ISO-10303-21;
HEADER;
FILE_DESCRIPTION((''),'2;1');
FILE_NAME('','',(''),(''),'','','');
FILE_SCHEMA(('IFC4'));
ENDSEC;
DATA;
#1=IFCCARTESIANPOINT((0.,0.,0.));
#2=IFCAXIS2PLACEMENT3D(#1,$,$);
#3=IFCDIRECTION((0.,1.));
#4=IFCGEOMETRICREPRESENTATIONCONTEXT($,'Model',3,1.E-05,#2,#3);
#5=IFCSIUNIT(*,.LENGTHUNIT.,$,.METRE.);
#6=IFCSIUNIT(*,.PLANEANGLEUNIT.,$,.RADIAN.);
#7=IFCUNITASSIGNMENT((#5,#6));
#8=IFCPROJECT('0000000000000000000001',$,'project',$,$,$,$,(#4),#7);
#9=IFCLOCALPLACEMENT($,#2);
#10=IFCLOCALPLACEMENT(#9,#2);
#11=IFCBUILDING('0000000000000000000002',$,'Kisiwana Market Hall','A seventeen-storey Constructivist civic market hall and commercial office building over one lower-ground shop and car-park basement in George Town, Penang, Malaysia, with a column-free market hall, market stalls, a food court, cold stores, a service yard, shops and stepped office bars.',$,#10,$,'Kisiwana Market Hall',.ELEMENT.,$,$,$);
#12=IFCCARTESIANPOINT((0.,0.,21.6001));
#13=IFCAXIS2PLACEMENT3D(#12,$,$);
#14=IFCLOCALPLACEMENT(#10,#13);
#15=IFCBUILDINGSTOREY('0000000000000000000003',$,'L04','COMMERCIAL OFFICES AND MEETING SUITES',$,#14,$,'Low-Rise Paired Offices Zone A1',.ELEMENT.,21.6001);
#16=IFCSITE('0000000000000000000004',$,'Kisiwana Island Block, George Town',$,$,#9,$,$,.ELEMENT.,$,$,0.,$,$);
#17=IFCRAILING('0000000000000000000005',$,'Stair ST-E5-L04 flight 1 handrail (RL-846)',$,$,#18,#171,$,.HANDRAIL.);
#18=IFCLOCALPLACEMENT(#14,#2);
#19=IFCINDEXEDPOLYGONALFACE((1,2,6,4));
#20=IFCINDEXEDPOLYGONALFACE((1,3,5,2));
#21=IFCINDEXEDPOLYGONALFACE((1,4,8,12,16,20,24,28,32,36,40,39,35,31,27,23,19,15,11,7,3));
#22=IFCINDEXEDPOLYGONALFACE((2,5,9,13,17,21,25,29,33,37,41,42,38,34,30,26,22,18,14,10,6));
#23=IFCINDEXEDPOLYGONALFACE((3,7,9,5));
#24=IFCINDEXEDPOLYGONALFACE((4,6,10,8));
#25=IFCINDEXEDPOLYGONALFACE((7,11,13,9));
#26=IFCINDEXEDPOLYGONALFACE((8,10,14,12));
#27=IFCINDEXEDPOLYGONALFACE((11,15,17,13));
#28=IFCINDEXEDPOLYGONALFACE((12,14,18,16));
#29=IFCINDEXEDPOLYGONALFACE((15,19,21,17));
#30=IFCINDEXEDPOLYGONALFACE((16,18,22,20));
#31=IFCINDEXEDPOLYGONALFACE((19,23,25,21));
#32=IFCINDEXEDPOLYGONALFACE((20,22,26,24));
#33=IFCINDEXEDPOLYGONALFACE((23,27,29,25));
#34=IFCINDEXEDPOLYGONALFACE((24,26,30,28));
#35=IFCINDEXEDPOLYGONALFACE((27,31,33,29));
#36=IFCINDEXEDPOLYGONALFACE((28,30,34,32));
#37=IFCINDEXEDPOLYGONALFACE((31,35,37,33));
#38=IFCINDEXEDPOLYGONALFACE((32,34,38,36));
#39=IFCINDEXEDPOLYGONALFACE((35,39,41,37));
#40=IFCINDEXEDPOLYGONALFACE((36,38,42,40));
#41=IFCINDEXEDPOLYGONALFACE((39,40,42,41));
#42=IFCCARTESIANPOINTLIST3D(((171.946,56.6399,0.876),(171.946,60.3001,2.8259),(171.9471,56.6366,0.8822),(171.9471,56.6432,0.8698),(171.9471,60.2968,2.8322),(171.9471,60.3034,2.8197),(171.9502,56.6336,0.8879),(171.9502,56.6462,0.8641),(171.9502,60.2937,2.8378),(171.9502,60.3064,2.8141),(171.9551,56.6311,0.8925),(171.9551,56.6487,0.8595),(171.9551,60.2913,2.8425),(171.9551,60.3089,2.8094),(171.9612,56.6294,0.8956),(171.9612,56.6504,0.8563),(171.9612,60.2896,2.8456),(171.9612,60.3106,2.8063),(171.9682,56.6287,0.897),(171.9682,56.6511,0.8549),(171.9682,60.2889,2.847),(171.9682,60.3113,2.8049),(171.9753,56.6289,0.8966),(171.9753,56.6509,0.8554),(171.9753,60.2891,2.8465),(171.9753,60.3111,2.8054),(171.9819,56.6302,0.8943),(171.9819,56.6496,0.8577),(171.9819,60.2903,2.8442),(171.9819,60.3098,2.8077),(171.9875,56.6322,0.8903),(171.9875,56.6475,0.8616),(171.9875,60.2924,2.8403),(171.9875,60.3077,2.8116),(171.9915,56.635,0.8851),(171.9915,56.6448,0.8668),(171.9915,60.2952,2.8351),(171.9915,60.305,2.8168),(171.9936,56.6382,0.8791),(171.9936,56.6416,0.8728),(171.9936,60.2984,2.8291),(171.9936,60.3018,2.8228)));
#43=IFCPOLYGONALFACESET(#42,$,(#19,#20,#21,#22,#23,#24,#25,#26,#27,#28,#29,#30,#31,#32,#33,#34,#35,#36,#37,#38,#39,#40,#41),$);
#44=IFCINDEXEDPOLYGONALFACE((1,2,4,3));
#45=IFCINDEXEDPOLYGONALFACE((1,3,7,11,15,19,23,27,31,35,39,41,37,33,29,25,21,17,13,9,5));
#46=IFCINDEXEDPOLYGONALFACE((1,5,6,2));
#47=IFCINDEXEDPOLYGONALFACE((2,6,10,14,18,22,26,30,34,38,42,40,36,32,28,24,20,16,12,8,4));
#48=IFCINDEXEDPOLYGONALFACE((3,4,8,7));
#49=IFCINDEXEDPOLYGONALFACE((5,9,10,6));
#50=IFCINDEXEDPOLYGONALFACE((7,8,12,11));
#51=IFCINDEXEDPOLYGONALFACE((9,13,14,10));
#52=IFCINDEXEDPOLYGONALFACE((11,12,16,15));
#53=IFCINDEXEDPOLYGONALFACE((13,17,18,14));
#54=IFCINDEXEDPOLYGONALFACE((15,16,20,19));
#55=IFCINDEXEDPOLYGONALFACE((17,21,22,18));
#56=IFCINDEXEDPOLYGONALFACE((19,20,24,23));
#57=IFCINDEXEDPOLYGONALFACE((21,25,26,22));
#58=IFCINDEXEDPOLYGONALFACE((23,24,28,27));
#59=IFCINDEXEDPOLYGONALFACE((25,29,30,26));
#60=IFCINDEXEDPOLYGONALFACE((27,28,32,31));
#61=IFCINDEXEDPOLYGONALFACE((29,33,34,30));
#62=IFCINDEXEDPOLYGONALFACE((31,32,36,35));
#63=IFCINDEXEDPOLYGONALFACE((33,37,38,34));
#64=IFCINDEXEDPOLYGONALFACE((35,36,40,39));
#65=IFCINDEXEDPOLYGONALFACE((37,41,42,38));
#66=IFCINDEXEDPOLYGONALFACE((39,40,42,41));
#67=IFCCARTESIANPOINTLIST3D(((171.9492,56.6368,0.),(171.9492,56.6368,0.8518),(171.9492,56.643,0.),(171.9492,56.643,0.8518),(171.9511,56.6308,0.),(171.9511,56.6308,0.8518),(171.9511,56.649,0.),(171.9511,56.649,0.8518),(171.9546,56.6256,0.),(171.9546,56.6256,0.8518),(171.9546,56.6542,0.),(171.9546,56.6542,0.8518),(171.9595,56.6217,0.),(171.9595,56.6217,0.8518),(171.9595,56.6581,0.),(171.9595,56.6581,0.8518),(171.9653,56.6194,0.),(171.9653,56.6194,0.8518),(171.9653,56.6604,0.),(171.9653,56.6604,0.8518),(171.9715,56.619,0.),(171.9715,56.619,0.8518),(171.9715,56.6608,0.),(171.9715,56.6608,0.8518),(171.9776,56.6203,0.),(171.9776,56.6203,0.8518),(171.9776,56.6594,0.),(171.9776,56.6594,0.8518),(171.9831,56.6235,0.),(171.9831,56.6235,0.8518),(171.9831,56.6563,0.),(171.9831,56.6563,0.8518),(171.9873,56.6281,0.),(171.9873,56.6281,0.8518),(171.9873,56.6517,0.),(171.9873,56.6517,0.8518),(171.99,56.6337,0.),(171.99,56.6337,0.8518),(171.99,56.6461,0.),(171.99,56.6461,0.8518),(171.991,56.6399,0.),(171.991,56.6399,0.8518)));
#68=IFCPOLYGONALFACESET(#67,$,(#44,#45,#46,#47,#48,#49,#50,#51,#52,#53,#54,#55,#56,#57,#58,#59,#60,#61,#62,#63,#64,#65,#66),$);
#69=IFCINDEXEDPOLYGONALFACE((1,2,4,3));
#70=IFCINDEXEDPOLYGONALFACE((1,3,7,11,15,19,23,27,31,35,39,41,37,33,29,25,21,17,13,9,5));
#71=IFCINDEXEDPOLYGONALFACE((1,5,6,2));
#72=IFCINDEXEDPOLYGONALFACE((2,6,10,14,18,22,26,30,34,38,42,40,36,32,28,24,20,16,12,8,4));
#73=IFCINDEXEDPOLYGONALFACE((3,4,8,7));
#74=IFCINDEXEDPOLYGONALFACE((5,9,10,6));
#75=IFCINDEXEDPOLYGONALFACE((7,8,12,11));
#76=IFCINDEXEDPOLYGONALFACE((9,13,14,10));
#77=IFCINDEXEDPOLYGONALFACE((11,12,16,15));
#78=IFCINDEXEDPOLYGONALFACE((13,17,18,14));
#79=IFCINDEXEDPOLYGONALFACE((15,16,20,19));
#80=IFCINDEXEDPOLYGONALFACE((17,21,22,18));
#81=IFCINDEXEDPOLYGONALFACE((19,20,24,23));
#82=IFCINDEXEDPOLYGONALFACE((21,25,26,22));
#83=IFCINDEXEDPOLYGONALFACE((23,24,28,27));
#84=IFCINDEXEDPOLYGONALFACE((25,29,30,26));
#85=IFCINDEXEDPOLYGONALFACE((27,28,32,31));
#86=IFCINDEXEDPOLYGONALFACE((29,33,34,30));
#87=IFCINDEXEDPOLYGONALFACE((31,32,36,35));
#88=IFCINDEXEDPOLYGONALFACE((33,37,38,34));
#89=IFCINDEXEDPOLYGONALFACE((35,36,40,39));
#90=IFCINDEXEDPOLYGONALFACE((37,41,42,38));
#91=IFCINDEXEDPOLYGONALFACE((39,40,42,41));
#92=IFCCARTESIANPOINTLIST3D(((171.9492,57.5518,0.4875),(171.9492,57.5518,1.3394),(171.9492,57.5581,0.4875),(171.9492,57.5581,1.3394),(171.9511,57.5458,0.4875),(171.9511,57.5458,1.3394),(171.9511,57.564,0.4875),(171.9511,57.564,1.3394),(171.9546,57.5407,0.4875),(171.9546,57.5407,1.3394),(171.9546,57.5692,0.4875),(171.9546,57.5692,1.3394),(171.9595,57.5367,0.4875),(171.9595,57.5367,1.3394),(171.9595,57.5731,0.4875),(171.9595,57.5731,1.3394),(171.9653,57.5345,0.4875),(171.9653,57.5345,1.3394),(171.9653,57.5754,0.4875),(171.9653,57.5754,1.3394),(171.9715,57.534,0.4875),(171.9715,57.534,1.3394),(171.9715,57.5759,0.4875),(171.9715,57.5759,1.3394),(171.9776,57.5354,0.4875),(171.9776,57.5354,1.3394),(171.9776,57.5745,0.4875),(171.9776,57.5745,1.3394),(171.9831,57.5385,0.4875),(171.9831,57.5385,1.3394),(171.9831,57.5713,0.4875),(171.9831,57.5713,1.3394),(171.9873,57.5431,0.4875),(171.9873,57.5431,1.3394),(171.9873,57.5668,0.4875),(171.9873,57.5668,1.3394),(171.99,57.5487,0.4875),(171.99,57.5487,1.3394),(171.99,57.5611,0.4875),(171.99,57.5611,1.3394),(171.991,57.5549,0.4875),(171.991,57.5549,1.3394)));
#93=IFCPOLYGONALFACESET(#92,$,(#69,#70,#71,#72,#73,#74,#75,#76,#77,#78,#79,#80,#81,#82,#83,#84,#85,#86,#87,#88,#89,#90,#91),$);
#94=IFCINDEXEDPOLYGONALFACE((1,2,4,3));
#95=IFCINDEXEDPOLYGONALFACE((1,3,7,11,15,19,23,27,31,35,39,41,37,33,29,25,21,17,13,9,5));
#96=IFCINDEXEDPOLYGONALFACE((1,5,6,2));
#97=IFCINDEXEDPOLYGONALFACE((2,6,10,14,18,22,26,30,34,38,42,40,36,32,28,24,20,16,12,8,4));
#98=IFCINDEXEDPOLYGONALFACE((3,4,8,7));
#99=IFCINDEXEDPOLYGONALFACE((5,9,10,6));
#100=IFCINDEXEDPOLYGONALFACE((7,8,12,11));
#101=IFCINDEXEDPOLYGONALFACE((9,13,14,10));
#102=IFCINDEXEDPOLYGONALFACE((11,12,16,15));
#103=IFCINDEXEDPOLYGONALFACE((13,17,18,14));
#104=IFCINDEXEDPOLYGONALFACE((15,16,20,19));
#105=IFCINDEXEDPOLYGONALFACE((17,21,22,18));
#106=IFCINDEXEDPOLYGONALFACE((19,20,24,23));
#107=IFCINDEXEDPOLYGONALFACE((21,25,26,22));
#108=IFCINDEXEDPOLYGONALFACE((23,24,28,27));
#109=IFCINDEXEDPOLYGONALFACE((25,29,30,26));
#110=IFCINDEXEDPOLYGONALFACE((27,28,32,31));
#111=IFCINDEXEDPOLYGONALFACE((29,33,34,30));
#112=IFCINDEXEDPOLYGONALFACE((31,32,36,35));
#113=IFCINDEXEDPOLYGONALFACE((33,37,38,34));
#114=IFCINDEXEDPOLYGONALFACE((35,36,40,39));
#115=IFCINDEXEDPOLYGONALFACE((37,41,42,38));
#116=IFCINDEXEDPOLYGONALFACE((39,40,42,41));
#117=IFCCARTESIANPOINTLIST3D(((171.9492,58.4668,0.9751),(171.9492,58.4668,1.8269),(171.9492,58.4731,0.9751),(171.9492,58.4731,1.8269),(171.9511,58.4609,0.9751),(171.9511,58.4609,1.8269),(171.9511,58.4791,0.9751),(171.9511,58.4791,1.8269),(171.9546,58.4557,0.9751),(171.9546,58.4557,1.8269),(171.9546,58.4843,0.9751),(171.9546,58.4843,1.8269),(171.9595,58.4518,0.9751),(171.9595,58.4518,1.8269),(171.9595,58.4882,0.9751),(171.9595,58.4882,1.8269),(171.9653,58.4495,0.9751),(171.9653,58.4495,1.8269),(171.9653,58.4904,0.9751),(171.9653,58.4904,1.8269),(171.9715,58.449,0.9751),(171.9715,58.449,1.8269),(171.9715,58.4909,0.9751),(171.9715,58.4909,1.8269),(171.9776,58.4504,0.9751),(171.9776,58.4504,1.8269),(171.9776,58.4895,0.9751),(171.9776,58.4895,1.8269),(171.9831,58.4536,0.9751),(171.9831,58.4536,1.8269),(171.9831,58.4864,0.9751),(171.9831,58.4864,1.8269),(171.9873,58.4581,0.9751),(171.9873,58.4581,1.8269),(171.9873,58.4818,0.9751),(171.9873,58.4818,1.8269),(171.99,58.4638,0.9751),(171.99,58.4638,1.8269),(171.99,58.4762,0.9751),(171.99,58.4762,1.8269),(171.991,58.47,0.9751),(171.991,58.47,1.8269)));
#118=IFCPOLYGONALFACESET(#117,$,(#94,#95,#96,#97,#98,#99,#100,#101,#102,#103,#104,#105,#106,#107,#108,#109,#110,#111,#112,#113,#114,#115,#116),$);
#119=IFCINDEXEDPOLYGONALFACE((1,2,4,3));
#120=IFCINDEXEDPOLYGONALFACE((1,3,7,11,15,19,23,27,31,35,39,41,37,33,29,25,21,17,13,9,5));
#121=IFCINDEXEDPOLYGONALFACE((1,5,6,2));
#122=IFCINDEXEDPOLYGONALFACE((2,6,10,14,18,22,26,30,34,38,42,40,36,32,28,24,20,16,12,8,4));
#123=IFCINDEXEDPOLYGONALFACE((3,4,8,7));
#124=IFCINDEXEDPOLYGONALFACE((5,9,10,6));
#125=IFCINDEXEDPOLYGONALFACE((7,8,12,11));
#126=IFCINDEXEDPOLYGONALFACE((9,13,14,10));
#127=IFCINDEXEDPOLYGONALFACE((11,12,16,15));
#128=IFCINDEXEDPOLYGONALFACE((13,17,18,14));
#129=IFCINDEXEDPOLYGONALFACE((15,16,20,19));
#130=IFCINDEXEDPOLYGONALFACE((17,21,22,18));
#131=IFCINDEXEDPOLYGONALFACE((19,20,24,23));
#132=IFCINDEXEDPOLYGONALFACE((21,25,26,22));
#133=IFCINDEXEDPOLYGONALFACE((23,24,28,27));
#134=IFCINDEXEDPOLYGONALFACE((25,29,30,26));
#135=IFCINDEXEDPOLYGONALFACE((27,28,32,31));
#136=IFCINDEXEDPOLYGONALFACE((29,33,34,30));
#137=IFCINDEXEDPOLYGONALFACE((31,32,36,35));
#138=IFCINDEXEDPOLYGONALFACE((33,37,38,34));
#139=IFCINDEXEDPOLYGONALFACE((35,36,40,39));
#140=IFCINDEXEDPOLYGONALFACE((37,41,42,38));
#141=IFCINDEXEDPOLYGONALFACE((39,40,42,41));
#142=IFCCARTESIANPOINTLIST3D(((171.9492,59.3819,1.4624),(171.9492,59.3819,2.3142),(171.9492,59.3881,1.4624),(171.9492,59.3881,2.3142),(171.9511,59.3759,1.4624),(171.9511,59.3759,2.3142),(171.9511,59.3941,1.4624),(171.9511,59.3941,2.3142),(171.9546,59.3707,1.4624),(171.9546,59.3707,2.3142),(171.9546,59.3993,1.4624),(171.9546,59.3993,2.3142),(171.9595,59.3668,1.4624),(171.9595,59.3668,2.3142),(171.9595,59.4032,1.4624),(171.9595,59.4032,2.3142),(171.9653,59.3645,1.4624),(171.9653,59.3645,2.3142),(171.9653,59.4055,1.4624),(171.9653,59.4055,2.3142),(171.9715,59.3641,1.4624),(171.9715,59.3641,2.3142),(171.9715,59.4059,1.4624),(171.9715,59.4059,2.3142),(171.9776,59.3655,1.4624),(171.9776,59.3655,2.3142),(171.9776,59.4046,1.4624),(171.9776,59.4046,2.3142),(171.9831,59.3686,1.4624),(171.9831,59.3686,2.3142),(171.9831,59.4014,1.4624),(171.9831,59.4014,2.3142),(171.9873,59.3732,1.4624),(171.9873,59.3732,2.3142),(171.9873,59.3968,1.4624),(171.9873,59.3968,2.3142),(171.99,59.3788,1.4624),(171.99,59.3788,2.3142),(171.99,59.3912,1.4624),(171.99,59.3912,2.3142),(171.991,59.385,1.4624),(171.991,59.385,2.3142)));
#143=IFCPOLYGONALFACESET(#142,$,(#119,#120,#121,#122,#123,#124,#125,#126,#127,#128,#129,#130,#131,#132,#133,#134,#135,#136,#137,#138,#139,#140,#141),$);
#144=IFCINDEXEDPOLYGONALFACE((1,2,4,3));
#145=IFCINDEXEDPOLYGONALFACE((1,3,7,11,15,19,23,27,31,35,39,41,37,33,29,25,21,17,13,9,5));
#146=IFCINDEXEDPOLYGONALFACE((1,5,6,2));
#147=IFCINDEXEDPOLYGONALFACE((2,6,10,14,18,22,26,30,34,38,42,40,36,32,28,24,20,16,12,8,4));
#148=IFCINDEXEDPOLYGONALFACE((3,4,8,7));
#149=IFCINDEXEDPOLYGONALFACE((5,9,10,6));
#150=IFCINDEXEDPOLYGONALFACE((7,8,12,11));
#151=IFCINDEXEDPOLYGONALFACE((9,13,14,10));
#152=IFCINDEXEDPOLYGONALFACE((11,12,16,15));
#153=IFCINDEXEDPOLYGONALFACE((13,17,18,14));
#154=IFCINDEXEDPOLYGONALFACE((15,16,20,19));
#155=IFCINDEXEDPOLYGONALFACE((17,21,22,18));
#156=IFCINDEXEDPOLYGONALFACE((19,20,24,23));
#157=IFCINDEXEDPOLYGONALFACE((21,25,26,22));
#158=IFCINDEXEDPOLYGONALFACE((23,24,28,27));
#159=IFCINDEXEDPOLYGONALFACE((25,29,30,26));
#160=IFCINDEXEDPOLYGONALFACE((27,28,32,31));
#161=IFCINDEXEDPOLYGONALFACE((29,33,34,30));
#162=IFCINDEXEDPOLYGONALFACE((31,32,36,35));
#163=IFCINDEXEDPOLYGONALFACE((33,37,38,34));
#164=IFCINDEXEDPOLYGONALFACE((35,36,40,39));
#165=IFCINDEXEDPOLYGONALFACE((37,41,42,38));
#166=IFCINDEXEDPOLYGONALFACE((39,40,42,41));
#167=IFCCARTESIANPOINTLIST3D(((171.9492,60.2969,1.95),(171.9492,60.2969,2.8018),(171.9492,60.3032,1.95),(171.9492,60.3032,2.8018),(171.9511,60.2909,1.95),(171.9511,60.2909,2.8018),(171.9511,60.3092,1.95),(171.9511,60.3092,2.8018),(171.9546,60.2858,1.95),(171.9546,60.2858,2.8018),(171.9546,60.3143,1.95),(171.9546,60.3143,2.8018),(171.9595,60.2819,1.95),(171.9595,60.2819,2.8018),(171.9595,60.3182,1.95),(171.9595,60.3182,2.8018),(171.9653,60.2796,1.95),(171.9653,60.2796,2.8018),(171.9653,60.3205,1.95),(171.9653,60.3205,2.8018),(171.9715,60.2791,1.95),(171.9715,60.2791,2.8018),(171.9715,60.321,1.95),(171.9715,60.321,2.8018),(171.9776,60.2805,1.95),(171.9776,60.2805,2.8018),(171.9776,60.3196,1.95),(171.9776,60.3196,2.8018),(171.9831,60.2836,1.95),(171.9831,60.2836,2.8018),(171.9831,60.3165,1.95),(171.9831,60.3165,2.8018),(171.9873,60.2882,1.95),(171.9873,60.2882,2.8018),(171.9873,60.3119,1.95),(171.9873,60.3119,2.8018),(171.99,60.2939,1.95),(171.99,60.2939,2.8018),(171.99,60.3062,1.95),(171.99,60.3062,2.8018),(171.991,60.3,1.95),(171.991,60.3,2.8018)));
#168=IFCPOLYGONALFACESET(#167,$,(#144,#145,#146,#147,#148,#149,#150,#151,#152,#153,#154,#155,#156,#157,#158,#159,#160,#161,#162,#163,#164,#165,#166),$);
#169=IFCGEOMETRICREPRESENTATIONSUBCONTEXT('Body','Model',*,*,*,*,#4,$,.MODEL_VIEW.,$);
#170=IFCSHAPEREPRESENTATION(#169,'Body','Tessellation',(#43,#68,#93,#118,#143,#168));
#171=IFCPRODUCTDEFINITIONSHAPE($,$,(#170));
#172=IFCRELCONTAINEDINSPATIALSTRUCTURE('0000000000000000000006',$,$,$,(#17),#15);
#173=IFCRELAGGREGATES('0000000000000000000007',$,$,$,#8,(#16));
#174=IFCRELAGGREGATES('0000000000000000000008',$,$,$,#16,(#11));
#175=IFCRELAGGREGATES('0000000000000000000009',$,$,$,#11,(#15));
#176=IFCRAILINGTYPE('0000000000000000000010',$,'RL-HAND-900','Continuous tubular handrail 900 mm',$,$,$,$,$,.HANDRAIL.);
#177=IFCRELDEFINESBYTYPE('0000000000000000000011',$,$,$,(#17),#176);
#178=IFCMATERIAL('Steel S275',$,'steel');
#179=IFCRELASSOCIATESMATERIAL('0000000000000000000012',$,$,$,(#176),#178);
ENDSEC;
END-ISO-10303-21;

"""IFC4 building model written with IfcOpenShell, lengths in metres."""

from ifc_helpers import new_model, si_unit, direction, frame, origin, origin_2d, place, context, subcontext, project, spatial, circle, extrude, material, type_object, element, save


model = new_model("IFC4")

# Units and contexts
model_context = context("Model", 3, precision=1e-05, world=origin(), true_north=direction((0.0, 1.0)))
body_context = subcontext(model_context, "Body", "Model", "MODEL_VIEW")
ifc_project = project(units=[si_unit("LENGTHUNIT", "METRE"), si_unit("PLANEANGLEUNIT", "RADIAN")], contexts=[model_context])

# Site, building, storey
site_placement = place(None, origin())
site = spatial("IfcSite", under=ifc_project, at=site_placement, Name="Kisiwana Island Block, George Town", CompositionType="ELEMENT", RefElevation=0.0)
building_placement = place(site_placement, origin())
building = spatial("IfcBuilding", under=site, at=building_placement, Name="Kisiwana Market Hall", Description="A seventeen-storey Constructivist civic market hall and commercial office building over one lower-ground shop and car-park basement in George Town, Penang, Malaysia, with a column-free market hall, market stalls, a food court, cold stores, a service yard, shops and stepped office bars.", LongName="Kisiwana Market Hall", CompositionType="ELEMENT")
storey_placement = place(building_placement, frame((0.0, 0.0, 21.6001)))
storey = spatial("IfcBuildingStorey", under=building, at=storey_placement, Name="L04", Description="COMMERCIAL OFFICES AND MEETING SUITES", LongName="Low-Rise Paired Offices Zone A1", CompositionType="ELEMENT", Elevation=21.6001)

# Railing
ifc_material_1 = material(Name="Steel S275", Category="steel")
railing_type_1 = type_object("IfcRailingType", Name="RL-HAND-900", Description="Continuous tubular handrail 900 mm", PredefinedType="HANDRAIL", material=ifc_material_1)
for number, where, name in (
    (1, (171.97, 56.6399, 0.0), "Stair ST-E5-L04 flight 1 handrail (RL-846)"),
):
    element("IfcRailing", number, at=place(storey_placement, frame(where)), inside=storey, type_object=railing_type_1, Name=name, PredefinedType="HANDRAIL", context=body_context, shape_type="SweptSolid", body=[
        extrude(circle(Radius=0.0239, at=origin_2d()), frame((0.0, 0.0, 0.876), z_axis=(0.0, 0.882566, 0.470188), x_axis=(-1.0, 0.0, 0.0)), (0.0, 0.0, 1.0), 4.1472),
        extrude(circle(Radius=0.021, at=origin_2d()), origin(), (0.0, 0.0, 1.0), 0.8518),
        extrude(circle(Radius=0.021, at=origin_2d()), frame((0.0, 0.915, 0.4875)), (0.0, 0.0, 1.0), 0.8518),
        extrude(circle(Radius=0.021, at=origin_2d()), frame((0.0, 1.8301, 0.9751)), (0.0, 0.0, 1.0), 0.8518),
        extrude(circle(Radius=0.021, at=origin_2d()), frame((0.0, 2.7451, 1.4624)), (0.0, 0.0, 1.0), 0.8518),
        extrude(circle(Radius=0.021, at=origin_2d()), frame((0.0, 3.6602, 1.95)), (0.0, 0.0, 1.0), 0.8518),
    ])

save(model, "model.ifc")
